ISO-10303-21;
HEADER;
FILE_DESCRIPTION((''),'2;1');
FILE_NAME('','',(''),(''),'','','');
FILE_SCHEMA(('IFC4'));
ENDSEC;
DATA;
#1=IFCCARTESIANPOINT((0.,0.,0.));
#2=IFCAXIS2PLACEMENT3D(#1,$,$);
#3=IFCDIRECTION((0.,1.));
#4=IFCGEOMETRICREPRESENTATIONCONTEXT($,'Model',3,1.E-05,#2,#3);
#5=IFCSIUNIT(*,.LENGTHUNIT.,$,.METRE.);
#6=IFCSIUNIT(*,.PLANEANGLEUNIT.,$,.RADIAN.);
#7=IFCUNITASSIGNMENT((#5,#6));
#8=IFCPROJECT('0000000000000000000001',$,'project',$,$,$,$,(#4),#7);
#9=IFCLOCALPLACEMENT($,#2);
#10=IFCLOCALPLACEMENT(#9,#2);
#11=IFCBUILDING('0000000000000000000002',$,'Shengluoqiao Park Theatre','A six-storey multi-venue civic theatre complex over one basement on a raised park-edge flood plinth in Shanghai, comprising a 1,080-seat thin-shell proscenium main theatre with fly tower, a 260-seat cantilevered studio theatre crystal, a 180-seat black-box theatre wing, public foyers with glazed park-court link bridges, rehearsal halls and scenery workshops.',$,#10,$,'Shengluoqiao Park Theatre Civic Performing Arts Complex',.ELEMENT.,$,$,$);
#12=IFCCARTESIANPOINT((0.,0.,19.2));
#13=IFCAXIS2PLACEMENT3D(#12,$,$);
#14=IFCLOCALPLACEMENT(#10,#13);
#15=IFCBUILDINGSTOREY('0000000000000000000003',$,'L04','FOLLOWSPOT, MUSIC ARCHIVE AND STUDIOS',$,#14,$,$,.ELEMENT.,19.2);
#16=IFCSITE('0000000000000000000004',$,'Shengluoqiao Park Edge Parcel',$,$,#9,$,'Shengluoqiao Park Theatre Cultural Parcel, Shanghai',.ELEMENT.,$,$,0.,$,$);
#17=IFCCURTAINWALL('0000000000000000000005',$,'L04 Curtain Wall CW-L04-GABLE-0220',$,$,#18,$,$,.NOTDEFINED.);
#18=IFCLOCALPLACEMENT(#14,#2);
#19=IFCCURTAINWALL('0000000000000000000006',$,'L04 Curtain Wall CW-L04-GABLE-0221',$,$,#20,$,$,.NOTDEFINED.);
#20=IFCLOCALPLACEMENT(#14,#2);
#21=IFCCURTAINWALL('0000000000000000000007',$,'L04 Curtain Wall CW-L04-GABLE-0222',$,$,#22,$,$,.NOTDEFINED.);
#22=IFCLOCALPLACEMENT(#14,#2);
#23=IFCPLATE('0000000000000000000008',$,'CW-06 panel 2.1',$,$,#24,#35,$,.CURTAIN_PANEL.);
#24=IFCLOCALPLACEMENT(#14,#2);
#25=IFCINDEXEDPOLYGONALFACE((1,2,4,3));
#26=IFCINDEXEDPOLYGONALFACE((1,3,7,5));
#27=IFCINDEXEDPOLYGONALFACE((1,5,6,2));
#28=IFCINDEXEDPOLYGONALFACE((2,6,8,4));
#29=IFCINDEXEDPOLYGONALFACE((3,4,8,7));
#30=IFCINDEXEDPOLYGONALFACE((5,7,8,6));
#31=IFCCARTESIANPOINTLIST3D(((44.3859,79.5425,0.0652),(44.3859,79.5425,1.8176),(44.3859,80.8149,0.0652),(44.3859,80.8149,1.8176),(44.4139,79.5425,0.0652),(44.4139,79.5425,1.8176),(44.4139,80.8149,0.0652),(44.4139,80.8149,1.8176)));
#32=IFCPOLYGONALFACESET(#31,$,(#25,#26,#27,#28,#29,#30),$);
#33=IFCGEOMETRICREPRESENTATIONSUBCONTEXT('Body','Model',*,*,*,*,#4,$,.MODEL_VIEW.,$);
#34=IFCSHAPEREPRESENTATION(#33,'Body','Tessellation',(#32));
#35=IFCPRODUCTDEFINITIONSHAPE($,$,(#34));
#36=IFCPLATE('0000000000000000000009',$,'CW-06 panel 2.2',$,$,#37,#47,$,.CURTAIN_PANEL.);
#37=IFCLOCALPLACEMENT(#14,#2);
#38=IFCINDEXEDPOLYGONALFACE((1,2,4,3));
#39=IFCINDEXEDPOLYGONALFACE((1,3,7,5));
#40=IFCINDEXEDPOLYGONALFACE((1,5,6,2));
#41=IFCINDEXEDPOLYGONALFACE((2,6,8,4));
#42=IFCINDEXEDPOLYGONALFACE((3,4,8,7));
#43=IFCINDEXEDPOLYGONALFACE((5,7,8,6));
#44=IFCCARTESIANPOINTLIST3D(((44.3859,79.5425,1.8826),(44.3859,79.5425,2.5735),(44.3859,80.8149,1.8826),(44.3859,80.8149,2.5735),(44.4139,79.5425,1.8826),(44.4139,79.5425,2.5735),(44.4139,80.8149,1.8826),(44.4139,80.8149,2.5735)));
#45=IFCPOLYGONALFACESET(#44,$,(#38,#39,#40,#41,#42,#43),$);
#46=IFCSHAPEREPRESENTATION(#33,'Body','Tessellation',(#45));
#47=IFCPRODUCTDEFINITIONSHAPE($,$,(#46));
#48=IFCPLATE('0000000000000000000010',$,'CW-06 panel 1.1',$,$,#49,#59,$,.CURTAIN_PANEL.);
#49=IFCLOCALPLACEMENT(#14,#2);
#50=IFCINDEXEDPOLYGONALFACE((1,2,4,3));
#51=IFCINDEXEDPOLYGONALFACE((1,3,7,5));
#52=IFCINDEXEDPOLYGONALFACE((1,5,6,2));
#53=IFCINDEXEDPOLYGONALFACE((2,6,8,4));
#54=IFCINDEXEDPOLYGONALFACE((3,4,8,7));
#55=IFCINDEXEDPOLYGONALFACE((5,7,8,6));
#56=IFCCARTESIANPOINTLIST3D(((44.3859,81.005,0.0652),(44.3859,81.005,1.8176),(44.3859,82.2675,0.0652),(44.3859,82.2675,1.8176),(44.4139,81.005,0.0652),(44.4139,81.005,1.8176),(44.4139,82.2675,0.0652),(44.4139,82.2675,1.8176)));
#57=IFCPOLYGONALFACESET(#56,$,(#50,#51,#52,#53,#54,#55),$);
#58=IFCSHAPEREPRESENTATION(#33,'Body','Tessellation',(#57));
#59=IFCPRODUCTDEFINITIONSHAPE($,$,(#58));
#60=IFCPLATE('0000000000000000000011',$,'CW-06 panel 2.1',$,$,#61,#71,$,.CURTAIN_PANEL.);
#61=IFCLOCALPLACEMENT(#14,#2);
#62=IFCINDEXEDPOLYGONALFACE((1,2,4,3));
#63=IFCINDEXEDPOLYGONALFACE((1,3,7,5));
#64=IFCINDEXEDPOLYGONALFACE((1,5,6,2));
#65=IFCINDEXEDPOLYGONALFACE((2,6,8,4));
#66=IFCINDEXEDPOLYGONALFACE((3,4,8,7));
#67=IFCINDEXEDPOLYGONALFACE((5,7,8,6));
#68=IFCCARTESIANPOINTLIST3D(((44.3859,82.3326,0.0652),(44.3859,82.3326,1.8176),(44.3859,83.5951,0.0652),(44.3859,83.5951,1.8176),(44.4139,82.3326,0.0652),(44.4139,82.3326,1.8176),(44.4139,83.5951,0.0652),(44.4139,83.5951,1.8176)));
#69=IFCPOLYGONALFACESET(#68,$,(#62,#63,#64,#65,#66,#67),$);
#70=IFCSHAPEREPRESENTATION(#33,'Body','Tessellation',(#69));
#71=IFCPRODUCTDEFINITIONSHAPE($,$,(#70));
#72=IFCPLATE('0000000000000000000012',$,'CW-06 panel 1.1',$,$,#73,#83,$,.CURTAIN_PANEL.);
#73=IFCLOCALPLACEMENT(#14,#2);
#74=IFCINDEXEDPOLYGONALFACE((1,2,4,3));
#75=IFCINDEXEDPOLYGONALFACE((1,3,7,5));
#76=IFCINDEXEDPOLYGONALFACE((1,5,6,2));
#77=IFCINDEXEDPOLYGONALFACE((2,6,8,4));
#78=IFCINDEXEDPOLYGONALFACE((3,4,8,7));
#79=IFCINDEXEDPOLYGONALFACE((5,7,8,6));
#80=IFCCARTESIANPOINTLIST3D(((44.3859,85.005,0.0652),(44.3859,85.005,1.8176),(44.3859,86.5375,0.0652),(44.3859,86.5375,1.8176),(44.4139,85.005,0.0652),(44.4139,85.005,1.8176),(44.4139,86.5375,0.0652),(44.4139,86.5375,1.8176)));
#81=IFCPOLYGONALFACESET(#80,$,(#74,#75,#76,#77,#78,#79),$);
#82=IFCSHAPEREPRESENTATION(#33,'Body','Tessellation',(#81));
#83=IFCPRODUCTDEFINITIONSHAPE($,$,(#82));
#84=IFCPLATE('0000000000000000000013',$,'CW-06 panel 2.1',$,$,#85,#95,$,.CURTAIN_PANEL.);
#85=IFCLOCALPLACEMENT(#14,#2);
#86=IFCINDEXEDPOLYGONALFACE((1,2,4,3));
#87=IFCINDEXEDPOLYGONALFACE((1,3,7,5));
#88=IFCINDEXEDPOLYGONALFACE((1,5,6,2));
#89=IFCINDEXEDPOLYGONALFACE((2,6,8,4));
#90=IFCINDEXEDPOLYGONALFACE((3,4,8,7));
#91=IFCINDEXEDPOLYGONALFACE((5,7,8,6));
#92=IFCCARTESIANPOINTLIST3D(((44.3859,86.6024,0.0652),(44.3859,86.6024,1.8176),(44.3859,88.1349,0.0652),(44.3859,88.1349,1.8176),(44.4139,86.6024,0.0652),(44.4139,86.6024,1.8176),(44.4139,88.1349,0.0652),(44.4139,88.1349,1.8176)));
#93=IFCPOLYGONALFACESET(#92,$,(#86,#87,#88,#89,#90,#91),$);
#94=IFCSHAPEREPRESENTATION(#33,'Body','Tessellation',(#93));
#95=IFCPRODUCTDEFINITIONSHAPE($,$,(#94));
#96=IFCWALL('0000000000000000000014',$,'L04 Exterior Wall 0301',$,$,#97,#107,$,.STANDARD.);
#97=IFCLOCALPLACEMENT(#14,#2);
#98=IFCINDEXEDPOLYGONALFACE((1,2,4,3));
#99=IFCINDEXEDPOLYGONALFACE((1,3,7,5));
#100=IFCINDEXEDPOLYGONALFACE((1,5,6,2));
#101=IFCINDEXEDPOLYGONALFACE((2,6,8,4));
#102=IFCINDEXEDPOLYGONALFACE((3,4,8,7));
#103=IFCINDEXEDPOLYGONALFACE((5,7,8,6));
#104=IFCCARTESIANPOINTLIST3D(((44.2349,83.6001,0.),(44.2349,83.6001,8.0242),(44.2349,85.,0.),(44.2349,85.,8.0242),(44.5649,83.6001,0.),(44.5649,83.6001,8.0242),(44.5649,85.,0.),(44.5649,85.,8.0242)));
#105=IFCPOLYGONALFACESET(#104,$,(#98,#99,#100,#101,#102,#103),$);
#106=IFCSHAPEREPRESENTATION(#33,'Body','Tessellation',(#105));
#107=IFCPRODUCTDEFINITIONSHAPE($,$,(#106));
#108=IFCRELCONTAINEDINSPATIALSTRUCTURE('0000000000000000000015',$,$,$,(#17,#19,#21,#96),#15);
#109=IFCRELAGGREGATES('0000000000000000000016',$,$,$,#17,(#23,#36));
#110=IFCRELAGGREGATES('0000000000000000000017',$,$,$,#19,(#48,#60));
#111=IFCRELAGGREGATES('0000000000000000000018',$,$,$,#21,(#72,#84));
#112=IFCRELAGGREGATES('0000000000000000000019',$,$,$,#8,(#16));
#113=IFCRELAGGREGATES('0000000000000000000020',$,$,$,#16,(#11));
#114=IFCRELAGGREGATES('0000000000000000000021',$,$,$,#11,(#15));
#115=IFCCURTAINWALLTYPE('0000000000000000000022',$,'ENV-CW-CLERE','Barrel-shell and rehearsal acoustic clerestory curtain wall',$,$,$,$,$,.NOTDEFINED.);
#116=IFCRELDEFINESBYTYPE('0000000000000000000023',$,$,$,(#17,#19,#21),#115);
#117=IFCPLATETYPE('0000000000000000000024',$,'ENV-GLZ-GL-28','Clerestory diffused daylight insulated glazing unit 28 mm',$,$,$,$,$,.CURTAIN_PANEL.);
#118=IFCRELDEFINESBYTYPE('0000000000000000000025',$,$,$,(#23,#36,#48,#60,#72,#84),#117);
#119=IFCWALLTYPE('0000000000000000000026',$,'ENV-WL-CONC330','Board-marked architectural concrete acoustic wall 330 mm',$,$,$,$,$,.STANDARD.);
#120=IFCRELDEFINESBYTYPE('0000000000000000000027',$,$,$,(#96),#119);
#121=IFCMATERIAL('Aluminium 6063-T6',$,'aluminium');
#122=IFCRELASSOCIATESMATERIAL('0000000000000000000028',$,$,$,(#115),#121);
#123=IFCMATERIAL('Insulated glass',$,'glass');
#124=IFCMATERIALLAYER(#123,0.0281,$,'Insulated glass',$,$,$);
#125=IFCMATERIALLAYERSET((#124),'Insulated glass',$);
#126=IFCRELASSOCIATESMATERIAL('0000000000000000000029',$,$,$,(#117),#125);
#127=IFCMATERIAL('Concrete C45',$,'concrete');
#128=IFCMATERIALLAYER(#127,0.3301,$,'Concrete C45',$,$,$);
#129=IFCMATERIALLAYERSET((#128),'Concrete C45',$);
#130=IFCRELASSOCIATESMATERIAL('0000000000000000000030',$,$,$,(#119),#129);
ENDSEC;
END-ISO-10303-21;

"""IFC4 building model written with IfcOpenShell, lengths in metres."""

from ifc_helpers import new_model, si_unit, direction, frame, frame_2d, origin, origin_2d, place, context, subcontext, project, spatial, rectangle, extrude, material, layer, layer_set, type_object, element, aggregate, save


model = new_model("IFC4")

# Units and contexts
model_context = context("Model", 3, precision=1e-05, world=origin(), true_north=direction((0.0, 1.0)))
body_context = subcontext(model_context, "Body", "Model", "MODEL_VIEW")
ifc_project = project(units=[si_unit("LENGTHUNIT", "METRE"), si_unit("PLANEANGLEUNIT", "RADIAN")], contexts=[model_context])

# Site, building, storey
site_placement = place(None, origin())
site = spatial("IfcSite", under=ifc_project, at=site_placement, Name="Shengluoqiao Park Edge Parcel", LongName="Shengluoqiao Park Theatre Cultural Parcel, Shanghai", CompositionType="ELEMENT", RefElevation=0.0)
building_placement = place(site_placement, origin())
building = spatial("IfcBuilding", under=site, at=building_placement, Name="Shengluoqiao Park Theatre", Description="A six-storey multi-venue civic theatre complex over one basement on a raised park-edge flood plinth in Shanghai, comprising a 1,080-seat thin-shell proscenium main theatre with fly tower, a 260-seat cantilevered studio theatre crystal, a 180-seat black-box theatre wing, public foyers with glazed park-court link bridges, rehearsal halls and scenery workshops.", LongName="Shengluoqiao Park Theatre Civic Performing Arts Complex", CompositionType="ELEMENT")
storey_placement = place(building_placement, frame((0.0, 0.0, 19.2)))
storey = spatial("IfcBuildingStorey", under=building, at=storey_placement, Name="L04", Description="FOLLOWSPOT, MUSIC ARCHIVE AND STUDIOS", CompositionType="ELEMENT", Elevation=19.2)

# Curtain wall
ifc_material_1 = material(Name="Aluminium 6063-T6", Category="aluminium")
curtain_wall_type = type_object("IfcCurtainWallType", Name="ENV-CW-CLERE", Description="Barrel-shell and rehearsal acoustic clerestory curtain wall", PredefinedType="NOTDEFINED", material=ifc_material_1)
curtain_wall_1_placement = place(storey_placement, origin())
curtain_wall_1 = element("IfcCurtainWall", 1, at=curtain_wall_1_placement, inside=storey, type_object=curtain_wall_type, Name="L04 Curtain Wall CW-L04-GABLE-0220", PredefinedType="NOTDEFINED")

# Curtain walls
curtain_wall_2_placement = place(storey_placement, origin())
curtain_wall_2 = element("IfcCurtainWall", 2, at=curtain_wall_2_placement, inside=storey, type_object=curtain_wall_type, Name="L04 Curtain Wall CW-L04-GABLE-0221", PredefinedType="NOTDEFINED")
curtain_wall_3_placement = place(storey_placement, origin())
curtain_wall_3 = element("IfcCurtainWall", 3, at=curtain_wall_3_placement, inside=storey, type_object=curtain_wall_type, Name="L04 Curtain Wall CW-L04-GABLE-0222", PredefinedType="NOTDEFINED")

# Plates
ifc_material_2 = material(Name="Insulated glass", Category="glass")
ifc_layer_1 = layer(ifc_material_2, 0.0281, Name="Insulated glass")
ifc_layer_set_1 = layer_set([ifc_layer_1], Name="Insulated glass")
plate_type = type_object("IfcPlateType", Name="ENV-GLZ-GL-28", Description="Clerestory diffused daylight insulated glazing unit 28 mm", PredefinedType="CURTAIN_PANEL", material=ifc_layer_set_1)
plate_1_placement = place(storey_placement, frame((44.3999, 80.1787, 0.0652), z_axis=(0.0, 0.0, 1.0), x_axis=(0.0, 1.0, 0.0)))
plate_1 = element("IfcPlate", 4, at=plate_1_placement, type_object=plate_type, Name="CW-06 panel 2.1", PredefinedType="CURTAIN_PANEL", context=body_context, shape_type="SweptSolid", body=[
    extrude(rectangle(XDim=1.2725, YDim=0.0281, at=origin_2d()), origin(), (0.0, 0.0, 1.0), 1.7524),
])
plate_2_placement = place(storey_placement, frame((44.3999, 80.1787, 1.8826), z_axis=(0.0, 0.0, 1.0), x_axis=(0.0, 1.0, 0.0)))
plate_2 = element("IfcPlate", 5, at=plate_2_placement, type_object=plate_type, Name="CW-06 panel 2.2", PredefinedType="CURTAIN_PANEL", context=body_context, shape_type="SweptSolid", body=[
    extrude(rectangle(XDim=1.2725, YDim=0.0281, at=origin_2d()), origin(), (0.0, 0.0, 1.0), 0.6909),
])
aggregate(curtain_wall_1, [plate_1, plate_2])
plate_3_placement = place(storey_placement, frame((44.3999, 81.6362, 0.0652), z_axis=(0.0, 0.0, 1.0), x_axis=(0.0, 1.0, 0.0)))
plate_3 = element("IfcPlate", 6, at=plate_3_placement, type_object=plate_type, Name="CW-06 panel 1.1", PredefinedType="CURTAIN_PANEL", context=body_context, shape_type="SweptSolid", body=[
    extrude(rectangle(XDim=1.2625, YDim=0.0281, at=origin_2d()), origin(), (0.0, 0.0, 1.0), 1.7524),
])
plate_4_placement = place(storey_placement, frame((44.3999, 82.9639, 0.0652), z_axis=(0.0, 0.0, 1.0), x_axis=(0.0, 1.0, 0.0)))
plate_4 = element("IfcPlate", 7, at=plate_4_placement, type_object=plate_type, Name="CW-06 panel 2.1", PredefinedType="CURTAIN_PANEL", context=body_context, shape_type="SweptSolid", body=[
    extrude(rectangle(XDim=1.2625, YDim=0.0281, at=origin_2d()), origin(), (0.0, 0.0, 1.0), 1.7524),
])
aggregate(curtain_wall_2, [plate_3, plate_4])
plate_5_placement = place(storey_placement, frame((44.3999, 85.7712, 0.0652), z_axis=(0.0, 0.0, 1.0), x_axis=(0.0, 1.0, 0.0)))
plate_5 = element("IfcPlate", 8, at=plate_5_placement, type_object=plate_type, Name="CW-06 panel 1.1", PredefinedType="CURTAIN_PANEL", context=body_context, shape_type="SweptSolid", body=[
    extrude(rectangle(XDim=1.5325, YDim=0.0281, at=origin_2d()), origin(), (0.0, 0.0, 1.0), 1.7524),
])
plate_6_placement = place(storey_placement, frame((44.3999, 87.3687, 0.0652), z_axis=(0.0, 0.0, 1.0), x_axis=(0.0, 1.0, 0.0)))
plate_6 = element("IfcPlate", 9, at=plate_6_placement, type_object=plate_type, Name="CW-06 panel 2.1", PredefinedType="CURTAIN_PANEL", context=body_context, shape_type="SweptSolid", body=[
    extrude(rectangle(XDim=1.5325, YDim=0.0281, at=origin_2d()), origin(), (0.0, 0.0, 1.0), 1.7524),
])
aggregate(curtain_wall_3, [plate_5, plate_6])

# Wall
ifc_material_3 = material(Name="Concrete C45", Category="concrete")
ifc_layer_2 = layer(ifc_material_3, 0.3301, Name="Concrete C45")
ifc_layer_set_2 = layer_set([ifc_layer_2], Name="Concrete C45")
wall_type = type_object("IfcWallType", Name="ENV-WL-CONC330", Description="Board-marked architectural concrete acoustic wall 330 mm", PredefinedType="STANDARD", material=ifc_layer_set_2)
wall_placement = place(storey_placement, frame((44.3999, 83.6001, 0.0), z_axis=(0.0, 0.0, 1.0), x_axis=(0.0, 1.0, 0.0)))
element("IfcWall", 10, at=wall_placement, inside=storey, type_object=wall_type, Name="L04 Exterior Wall 0301", PredefinedType="STANDARD", context=body_context, shape_type="SweptSolid", body=[
    extrude(rectangle(XDim=1.3999, YDim=0.3301, at=frame_2d((0.7, 0.0))), origin(), (0.0, 0.0, 1.0), 8.0242),
])

save(model, "model.ifc")
